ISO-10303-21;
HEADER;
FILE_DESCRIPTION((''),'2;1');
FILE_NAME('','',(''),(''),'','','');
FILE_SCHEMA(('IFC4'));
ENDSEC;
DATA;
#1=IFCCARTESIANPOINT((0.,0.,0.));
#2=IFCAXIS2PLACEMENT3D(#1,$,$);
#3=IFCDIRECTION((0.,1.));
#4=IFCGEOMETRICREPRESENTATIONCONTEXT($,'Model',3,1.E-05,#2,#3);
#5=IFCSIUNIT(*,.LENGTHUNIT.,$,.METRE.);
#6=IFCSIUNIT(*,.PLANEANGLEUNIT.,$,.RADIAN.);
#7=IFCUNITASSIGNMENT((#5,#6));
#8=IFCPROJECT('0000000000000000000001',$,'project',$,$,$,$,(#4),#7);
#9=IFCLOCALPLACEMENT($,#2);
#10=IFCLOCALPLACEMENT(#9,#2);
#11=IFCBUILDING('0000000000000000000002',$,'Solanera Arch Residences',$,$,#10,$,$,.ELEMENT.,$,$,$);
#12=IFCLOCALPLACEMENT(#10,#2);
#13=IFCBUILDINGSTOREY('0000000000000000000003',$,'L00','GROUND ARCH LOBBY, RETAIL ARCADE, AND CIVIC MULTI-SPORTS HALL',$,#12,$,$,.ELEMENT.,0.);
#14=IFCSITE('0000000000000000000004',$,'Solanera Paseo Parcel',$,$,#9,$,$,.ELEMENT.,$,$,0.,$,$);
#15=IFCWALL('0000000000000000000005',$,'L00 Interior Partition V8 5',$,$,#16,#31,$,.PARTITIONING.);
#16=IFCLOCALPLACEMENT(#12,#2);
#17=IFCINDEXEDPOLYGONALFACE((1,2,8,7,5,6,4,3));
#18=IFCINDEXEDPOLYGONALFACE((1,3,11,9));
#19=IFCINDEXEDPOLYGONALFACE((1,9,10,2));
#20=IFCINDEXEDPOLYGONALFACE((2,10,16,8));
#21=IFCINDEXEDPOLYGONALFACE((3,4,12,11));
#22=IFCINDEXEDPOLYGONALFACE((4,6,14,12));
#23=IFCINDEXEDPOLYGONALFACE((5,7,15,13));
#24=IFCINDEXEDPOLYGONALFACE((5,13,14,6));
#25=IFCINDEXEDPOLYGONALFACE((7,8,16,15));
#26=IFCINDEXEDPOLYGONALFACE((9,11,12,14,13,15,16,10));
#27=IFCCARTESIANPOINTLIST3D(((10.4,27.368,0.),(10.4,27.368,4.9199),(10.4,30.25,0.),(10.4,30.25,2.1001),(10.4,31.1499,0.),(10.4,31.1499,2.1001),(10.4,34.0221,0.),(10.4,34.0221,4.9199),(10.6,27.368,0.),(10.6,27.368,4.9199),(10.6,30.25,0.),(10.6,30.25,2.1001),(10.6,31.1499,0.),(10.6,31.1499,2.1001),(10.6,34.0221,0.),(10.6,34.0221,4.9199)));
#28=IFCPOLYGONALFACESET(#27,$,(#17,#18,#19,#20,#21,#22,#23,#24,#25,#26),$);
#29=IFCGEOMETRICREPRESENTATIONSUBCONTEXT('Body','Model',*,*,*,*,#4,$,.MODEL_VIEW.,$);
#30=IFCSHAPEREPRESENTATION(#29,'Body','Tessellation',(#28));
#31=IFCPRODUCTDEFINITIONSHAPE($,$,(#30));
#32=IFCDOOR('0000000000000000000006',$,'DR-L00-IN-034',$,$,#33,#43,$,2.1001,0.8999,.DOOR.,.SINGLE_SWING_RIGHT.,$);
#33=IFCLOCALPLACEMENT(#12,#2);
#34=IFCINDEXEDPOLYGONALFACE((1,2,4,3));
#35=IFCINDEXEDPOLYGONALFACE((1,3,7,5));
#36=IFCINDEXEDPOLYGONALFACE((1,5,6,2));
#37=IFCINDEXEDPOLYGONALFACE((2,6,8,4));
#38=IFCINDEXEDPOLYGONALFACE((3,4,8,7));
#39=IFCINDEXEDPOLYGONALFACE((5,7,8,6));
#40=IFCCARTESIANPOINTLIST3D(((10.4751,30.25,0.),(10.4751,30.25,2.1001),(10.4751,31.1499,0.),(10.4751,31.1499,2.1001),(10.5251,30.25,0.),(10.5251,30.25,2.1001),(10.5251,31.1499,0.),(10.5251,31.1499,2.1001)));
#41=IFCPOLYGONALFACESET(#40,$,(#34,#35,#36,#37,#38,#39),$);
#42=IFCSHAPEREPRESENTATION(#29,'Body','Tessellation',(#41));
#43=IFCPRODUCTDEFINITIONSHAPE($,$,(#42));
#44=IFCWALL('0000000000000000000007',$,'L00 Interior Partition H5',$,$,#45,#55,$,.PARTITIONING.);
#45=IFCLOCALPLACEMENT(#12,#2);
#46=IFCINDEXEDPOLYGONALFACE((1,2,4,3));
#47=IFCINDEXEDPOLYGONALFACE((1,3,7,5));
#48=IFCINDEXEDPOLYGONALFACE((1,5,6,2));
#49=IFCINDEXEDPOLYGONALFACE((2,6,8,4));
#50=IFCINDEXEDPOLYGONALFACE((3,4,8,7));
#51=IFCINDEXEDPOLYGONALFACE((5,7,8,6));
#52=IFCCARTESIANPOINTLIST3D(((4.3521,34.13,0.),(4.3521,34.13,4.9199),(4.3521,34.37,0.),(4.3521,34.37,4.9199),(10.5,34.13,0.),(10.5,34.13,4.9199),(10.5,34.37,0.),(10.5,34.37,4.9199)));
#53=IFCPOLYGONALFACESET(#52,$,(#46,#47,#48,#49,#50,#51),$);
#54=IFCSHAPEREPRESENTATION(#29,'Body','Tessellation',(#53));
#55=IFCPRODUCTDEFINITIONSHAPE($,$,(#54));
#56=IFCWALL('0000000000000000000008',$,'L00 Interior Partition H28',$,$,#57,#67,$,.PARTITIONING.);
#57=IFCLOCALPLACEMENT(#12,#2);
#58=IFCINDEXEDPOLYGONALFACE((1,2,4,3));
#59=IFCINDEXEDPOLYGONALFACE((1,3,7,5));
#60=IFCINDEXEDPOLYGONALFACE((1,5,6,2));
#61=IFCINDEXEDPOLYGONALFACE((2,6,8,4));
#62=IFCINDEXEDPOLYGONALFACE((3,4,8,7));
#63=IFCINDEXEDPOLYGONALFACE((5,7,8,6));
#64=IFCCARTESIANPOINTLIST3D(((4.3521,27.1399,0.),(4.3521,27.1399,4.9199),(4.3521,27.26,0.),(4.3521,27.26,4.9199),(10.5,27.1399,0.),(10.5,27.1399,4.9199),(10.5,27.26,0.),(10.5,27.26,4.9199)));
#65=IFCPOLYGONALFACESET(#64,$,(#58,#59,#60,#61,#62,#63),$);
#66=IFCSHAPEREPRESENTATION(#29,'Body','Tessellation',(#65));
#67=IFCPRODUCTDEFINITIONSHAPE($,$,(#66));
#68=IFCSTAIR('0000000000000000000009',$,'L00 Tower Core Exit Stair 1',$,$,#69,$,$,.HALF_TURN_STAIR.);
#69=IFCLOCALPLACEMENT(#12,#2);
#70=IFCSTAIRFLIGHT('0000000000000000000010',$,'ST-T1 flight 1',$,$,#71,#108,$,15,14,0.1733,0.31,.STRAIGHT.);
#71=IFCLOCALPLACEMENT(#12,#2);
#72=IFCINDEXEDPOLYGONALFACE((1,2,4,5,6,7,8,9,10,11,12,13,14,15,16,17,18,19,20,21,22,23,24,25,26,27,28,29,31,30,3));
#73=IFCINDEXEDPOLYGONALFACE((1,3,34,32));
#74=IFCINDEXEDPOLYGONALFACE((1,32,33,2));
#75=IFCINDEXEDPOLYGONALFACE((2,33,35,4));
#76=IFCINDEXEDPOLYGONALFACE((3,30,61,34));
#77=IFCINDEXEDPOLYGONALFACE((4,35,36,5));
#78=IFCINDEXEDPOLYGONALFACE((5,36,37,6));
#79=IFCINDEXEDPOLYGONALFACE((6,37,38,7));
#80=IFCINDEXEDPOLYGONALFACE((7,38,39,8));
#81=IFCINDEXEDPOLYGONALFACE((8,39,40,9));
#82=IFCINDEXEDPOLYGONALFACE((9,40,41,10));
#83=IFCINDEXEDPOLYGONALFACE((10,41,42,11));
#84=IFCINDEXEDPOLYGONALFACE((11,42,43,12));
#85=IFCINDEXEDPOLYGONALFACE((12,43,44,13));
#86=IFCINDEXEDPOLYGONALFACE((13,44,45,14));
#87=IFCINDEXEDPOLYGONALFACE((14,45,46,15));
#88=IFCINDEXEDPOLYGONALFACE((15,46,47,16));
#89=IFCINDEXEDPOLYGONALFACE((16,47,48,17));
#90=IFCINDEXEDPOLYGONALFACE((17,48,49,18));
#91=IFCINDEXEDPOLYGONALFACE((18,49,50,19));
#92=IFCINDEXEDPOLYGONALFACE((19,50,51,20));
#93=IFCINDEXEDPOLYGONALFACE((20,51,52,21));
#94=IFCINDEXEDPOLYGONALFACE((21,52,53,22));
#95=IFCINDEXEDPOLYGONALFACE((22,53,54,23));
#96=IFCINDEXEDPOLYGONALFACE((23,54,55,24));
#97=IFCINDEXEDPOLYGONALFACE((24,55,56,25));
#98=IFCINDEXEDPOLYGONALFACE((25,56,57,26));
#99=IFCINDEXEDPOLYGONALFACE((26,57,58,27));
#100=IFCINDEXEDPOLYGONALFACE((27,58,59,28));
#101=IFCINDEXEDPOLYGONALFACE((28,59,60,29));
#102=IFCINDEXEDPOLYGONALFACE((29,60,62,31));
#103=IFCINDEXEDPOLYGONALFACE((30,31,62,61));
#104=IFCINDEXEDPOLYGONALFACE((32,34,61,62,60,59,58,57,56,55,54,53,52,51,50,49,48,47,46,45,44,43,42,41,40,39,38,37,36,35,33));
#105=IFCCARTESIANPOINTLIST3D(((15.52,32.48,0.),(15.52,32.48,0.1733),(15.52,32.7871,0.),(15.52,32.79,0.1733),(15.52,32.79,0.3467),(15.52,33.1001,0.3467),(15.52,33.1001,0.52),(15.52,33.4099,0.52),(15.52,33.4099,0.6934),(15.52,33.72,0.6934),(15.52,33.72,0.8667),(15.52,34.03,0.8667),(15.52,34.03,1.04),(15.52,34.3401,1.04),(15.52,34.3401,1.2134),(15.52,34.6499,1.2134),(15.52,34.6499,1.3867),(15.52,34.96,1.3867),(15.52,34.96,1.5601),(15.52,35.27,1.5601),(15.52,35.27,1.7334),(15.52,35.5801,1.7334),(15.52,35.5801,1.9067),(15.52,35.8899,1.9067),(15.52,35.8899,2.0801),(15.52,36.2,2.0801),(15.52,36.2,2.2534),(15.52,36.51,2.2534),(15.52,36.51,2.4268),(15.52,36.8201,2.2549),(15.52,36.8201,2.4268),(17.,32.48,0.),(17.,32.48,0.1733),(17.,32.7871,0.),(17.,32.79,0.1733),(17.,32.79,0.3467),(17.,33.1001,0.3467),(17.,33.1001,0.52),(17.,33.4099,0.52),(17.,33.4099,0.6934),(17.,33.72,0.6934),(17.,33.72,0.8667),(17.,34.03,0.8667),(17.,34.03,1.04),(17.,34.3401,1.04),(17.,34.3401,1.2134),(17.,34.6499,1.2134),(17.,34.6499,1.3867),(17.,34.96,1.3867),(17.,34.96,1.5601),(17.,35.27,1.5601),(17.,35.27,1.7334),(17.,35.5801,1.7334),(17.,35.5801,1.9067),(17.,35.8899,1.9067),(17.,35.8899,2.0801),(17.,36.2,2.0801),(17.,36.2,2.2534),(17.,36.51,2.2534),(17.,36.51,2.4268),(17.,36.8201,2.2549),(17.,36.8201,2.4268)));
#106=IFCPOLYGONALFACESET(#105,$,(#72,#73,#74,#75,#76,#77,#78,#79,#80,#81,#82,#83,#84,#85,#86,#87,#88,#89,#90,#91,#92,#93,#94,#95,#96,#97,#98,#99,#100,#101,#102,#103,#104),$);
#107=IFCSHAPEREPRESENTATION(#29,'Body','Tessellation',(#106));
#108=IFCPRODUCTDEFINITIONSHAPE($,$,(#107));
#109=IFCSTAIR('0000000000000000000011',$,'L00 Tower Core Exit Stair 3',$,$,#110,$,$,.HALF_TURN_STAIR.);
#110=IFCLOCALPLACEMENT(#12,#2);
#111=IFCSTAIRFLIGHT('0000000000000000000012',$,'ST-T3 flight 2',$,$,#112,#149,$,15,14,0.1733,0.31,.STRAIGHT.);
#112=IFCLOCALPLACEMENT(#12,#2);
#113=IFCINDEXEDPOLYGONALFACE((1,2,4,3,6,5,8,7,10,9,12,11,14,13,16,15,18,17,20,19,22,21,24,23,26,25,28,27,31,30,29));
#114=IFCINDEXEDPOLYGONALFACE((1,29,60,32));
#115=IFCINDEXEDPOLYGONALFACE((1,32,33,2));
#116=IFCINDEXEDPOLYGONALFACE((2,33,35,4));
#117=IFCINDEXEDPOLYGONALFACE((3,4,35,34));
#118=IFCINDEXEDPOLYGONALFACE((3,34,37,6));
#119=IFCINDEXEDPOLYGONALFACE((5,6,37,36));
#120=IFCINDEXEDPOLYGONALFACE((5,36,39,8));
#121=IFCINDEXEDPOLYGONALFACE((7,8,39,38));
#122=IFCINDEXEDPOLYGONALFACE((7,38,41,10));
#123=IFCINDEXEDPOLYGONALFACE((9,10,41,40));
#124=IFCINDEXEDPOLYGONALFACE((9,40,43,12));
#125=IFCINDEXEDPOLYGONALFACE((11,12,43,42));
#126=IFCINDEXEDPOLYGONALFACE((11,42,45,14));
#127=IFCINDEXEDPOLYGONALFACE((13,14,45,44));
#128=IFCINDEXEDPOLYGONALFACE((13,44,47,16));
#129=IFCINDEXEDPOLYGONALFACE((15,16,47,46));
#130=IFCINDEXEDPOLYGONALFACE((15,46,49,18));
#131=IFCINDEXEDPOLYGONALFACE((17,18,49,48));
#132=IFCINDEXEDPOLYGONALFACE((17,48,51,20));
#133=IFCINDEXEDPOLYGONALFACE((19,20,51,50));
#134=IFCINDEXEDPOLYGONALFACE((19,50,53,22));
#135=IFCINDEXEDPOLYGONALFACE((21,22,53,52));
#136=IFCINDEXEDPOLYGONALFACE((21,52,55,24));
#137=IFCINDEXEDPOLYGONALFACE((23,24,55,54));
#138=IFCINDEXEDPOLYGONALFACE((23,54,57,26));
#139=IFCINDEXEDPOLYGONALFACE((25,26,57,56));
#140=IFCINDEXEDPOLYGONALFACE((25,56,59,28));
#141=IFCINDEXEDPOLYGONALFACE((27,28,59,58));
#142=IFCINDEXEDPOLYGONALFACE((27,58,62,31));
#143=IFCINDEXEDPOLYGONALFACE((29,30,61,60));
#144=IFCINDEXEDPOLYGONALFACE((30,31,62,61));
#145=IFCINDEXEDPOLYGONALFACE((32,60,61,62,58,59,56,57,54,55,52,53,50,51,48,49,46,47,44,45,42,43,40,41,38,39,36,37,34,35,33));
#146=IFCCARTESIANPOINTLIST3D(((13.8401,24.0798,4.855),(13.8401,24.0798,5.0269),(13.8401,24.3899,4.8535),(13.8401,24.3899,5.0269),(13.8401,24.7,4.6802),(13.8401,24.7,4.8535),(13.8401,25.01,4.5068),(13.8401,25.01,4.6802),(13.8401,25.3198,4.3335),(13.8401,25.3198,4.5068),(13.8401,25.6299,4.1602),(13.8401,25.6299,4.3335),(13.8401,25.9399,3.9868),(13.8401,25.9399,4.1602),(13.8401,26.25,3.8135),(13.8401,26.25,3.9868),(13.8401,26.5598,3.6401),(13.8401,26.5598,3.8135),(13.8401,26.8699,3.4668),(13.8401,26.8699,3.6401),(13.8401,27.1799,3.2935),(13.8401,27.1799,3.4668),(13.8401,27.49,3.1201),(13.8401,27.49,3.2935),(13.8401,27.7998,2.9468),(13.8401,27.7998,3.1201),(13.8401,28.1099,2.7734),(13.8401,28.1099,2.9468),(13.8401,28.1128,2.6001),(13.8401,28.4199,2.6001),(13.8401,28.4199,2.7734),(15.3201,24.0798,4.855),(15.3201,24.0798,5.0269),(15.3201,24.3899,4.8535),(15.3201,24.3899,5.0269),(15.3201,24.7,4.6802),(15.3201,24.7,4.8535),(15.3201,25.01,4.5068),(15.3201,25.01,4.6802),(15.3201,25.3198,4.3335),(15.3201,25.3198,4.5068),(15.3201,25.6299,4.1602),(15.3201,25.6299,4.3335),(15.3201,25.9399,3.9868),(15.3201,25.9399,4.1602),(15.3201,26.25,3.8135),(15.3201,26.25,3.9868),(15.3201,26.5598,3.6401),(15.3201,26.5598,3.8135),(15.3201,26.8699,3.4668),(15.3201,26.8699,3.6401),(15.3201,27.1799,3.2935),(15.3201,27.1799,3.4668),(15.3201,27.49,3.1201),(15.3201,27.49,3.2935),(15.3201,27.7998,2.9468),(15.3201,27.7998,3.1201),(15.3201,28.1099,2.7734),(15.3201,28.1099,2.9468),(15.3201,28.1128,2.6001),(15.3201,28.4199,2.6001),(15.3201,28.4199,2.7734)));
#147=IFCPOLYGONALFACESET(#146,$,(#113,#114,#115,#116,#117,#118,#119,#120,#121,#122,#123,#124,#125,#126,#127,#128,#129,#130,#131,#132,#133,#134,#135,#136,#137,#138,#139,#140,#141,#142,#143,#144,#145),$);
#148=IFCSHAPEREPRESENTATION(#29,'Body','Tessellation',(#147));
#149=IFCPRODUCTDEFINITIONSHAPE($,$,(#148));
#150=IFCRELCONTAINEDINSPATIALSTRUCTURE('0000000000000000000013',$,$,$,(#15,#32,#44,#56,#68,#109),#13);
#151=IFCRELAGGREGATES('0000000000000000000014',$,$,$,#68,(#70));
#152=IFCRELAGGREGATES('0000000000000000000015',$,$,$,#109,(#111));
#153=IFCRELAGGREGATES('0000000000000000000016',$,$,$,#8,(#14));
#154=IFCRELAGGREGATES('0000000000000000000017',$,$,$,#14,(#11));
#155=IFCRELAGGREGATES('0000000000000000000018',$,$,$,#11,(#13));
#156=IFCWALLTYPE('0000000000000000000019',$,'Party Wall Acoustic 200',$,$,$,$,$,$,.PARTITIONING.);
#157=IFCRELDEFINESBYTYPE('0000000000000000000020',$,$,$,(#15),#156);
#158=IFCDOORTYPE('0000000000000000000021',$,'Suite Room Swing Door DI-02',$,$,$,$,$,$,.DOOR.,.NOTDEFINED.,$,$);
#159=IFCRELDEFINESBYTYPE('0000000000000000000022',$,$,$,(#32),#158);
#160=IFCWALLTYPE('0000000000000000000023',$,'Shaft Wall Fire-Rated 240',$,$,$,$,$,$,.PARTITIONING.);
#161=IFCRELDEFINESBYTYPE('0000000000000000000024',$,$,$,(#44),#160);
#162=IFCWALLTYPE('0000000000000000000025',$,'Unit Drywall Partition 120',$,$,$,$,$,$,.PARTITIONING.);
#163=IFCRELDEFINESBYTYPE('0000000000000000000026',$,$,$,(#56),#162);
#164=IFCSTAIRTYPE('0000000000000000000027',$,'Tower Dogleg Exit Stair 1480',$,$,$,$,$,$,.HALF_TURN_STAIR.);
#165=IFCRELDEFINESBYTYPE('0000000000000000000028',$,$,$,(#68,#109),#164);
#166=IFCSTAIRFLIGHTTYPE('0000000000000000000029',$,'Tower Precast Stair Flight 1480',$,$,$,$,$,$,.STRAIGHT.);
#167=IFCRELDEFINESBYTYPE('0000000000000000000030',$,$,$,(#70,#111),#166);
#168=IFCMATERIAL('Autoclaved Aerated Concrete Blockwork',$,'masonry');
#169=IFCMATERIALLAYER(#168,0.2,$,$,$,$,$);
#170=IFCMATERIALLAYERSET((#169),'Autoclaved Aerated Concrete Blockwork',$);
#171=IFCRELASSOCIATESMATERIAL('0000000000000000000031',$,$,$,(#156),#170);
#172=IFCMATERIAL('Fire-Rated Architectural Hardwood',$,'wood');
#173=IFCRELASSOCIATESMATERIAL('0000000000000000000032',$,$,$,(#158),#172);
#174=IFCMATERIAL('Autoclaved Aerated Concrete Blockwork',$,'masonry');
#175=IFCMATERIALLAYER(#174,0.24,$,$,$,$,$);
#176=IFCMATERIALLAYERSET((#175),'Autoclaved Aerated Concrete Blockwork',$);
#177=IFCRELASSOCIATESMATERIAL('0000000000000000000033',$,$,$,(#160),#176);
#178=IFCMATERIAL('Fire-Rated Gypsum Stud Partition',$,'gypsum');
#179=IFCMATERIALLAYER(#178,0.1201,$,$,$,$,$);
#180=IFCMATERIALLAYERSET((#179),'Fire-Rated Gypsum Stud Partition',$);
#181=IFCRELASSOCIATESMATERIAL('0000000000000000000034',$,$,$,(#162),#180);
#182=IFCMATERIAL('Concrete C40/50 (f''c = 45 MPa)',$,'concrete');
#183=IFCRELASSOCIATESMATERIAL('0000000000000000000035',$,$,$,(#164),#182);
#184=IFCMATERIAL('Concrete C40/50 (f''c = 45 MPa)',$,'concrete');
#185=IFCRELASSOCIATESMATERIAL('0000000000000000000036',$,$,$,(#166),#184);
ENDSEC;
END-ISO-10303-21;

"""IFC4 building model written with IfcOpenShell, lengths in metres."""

from ifc_helpers import new_model, si_unit, direction, frame, frame_2d, origin, place, context, subcontext, project, spatial, polyline, rectangle, outline, extrude, material, layer, layer_set, type_object, element, fill, aggregate, save


model = new_model("IFC4")

# Units and contexts
model_context = context("Model", 3, precision=1e-05, world=origin(), true_north=direction((0.0, 1.0)))
body_context = subcontext(model_context, "Body", "Model", "MODEL_VIEW")
ifc_project = project(units=[si_unit("LENGTHUNIT", "METRE"), si_unit("PLANEANGLEUNIT", "RADIAN")], contexts=[model_context])

# Site, building, storey
site_placement = place(None, origin())
site = spatial("IfcSite", under=ifc_project, at=site_placement, Name="Solanera Paseo Parcel", CompositionType="ELEMENT", RefElevation=0.0)
building_placement = place(site_placement, origin())
building = spatial("IfcBuilding", under=site, at=building_placement, Name="Solanera Arch Residences", CompositionType="ELEMENT")
storey_placement = place(building_placement, origin())
storey = spatial("IfcBuildingStorey", under=building, at=storey_placement, Name="L00", Description="GROUND ARCH LOBBY, RETAIL ARCADE, AND CIVIC MULTI-SPORTS HALL", CompositionType="ELEMENT", Elevation=0.0)

# Wall, opening, door
ifc_material_1 = material(Name="Autoclaved Aerated Concrete Blockwork", Category="masonry")
ifc_layer_1 = layer(ifc_material_1, 0.2)
ifc_layer_set_1 = layer_set([ifc_layer_1], Name="Autoclaved Aerated Concrete Blockwork")
wall_type_1 = type_object("IfcWallType", Name="Party Wall Acoustic 200", PredefinedType="PARTITIONING", material=ifc_layer_set_1)
wall_1_placement = place(storey_placement, frame((10.5, 27.3679, 0.0), z_axis=(0.0, 0.0, 1.0), x_axis=(0.0, 1.0, 0.0)))
wall_1 = element("IfcWall", 1, at=wall_1_placement, inside=storey, type_object=wall_type_1, Name="L00 Interior Partition V8 5", PredefinedType="PARTITIONING", context=body_context, shape_type="SweptSolid", body=[
    extrude(rectangle(XDim=6.6541, YDim=0.2, at=frame_2d((3.3271, 0.0))), origin(), (0.0, 0.0, 1.0), 4.9199),
])
opening_1_placement = place(wall_1_placement, frame((2.8821, 0.0, 0.0)))
opening_1 = element("IfcOpeningElement", 2, at=opening_1_placement, cuts=wall_1, PredefinedType="OPENING", context=body_context, shape_type="SweptSolid", body=[
    extrude(rectangle(XDim=0.8999, YDim=2.1001, at=frame_2d((0.45, 1.05))), frame((0.0, 0.1101, 0.0), z_axis=(0.0, -1.0, 0.0), x_axis=(1.0, 0.0, 0.0)), (0.0, 0.0, 1.0), 0.22),
])
ifc_material_2 = material(Name="Fire-Rated Architectural Hardwood", Category="wood")
door_type_1 = type_object("IfcDoorType", Name="Suite Room Swing Door DI-02", OperationType="NOTDEFINED", PredefinedType="DOOR", material=ifc_material_2)
door_1_placement = place(opening_1_placement, origin())
door_1 = element("IfcDoor", 3, at=door_1_placement, inside=storey, type_object=door_type_1, Name="DR-L00-IN-034", OperationType="SINGLE_SWING_RIGHT", OverallHeight=2.1001, OverallWidth=0.8999, PredefinedType="DOOR", context=body_context, shape_type="SweptSolid", body=[
    extrude(rectangle(XDim=0.8999, YDim=2.1001, at=frame_2d((0.45, 1.05))), frame((0.0, 0.0249, 0.0), z_axis=(0.0, -1.0, 0.0), x_axis=(1.0, 0.0, 0.0)), (0.0, 0.0, 1.0), 0.05),
])
fill(opening_1, door_1)

# Walls
ifc_material_3 = material(Name="Autoclaved Aerated Concrete Blockwork", Category="masonry")
ifc_layer_2 = layer(ifc_material_3, 0.24)
ifc_layer_set_2 = layer_set([ifc_layer_2], Name="Autoclaved Aerated Concrete Blockwork")
wall_type_2 = type_object("IfcWallType", Name="Shaft Wall Fire-Rated 240", PredefinedType="PARTITIONING", material=ifc_layer_set_2)
wall_2_placement = place(storey_placement, frame((4.3521, 34.25, 0.0), z_axis=(0.0, 0.0, 1.0), x_axis=(1.0, 0.0, 0.0)))
element("IfcWall", 4, at=wall_2_placement, inside=storey, type_object=wall_type_2, Name="L00 Interior Partition H5", PredefinedType="PARTITIONING", context=body_context, shape_type="SweptSolid", body=[
    extrude(rectangle(XDim=6.1479, YDim=0.24, at=frame_2d((3.074, 0.0))), origin(), (0.0, 0.0, 1.0), 4.9199),
])
ifc_material_4 = material(Name="Fire-Rated Gypsum Stud Partition", Category="gypsum")
ifc_layer_3 = layer(ifc_material_4, 0.1201)
ifc_layer_set_3 = layer_set([ifc_layer_3], Name="Fire-Rated Gypsum Stud Partition")
wall_type_3 = type_object("IfcWallType", Name="Unit Drywall Partition 120", PredefinedType="PARTITIONING", material=ifc_layer_set_3)
wall_3_placement = place(storey_placement, frame((4.3521, 27.2, 0.0), z_axis=(0.0, 0.0, 1.0), x_axis=(1.0, 0.0, 0.0)))
element("IfcWall", 5, at=wall_3_placement, inside=storey, type_object=wall_type_3, Name="L00 Interior Partition H28", PredefinedType="PARTITIONING", context=body_context, shape_type="SweptSolid", body=[
    extrude(rectangle(XDim=6.1479, YDim=0.1201, at=frame_2d((3.074, 0.0))), origin(), (0.0, 0.0, 1.0), 4.9199),
])

# Stairs, stair flights
ifc_material_5 = material(Name="Concrete C40/50 (f'c = 45 MPa)", Category="concrete")
stair_type = type_object("IfcStairType", Name="Tower Dogleg Exit Stair 1480", PredefinedType="HALF_TURN_STAIR", material=ifc_material_5)
stair_1_placement = place(storey_placement, origin())
stair_1 = element("IfcStair", 6, at=stair_1_placement, inside=storey, type_object=stair_type, Name="L00 Tower Core Exit Stair 1", PredefinedType="HALF_TURN_STAIR")
ifc_material_6 = material(Name="Concrete C40/50 (f'c = 45 MPa)", Category="concrete")
stair_flight_type = type_object("IfcStairFlightType", Name="Tower Precast Stair Flight 1480", PredefinedType="STRAIGHT", material=ifc_material_6)
stair_flight_1_placement = place(storey_placement, frame((16.26, 32.48, 0.0), z_axis=(0.0, 0.0, 1.0), x_axis=(0.0, 1.0, 0.0)))
stair_flight_1 = element("IfcStairFlight", 7, at=stair_flight_1_placement, type_object=stair_flight_type, Name="ST-T1 flight 1", NumberOfRisers=15, NumberOfTreads=14, PredefinedType="STRAIGHT", RiserHeight=0.1733, TreadLength=0.31, context=body_context, shape_type="SweptSolid", body=[
    extrude(outline(polyline([(0.0, 0.0), (0.0, 0.1733), (0.3101, 0.1733), (0.3101, 0.3467), (0.6201, 0.3467), (0.6201, 0.52), (0.9299, 0.52), (0.9299, 0.6934), (1.24, 0.6934), (1.24, 0.8667), (1.55, 0.8667), (1.55, 1.04), (1.8601, 1.04), (1.8601, 1.2134), (2.1699, 1.2134), (2.1699, 1.3867), (2.48, 1.3867), (2.48, 1.5601), (2.79, 1.5601), (2.79, 1.7334), (3.1001, 1.7334), (3.1001, 1.9067), (3.4099, 1.9067), (3.4099, 2.0801), (3.72, 2.0801), (3.72, 2.2534), (4.03, 2.2534), (4.03, 2.4268), (4.3401, 2.4268), (4.3401, 2.6001), (4.3401, 2.2549), (0.3071, 0.0), (0.0, 0.0)])), frame((0.0, 0.74, 0.0), z_axis=(0.0, -1.0, 0.0), x_axis=(1.0, 0.0, 0.0)), (0.0, 0.0, 1.0), 1.48),
])
aggregate(stair_1, [stair_flight_1])
stair_2_placement = place(storey_placement, origin())
stair_2 = element("IfcStair", 8, at=stair_2_placement, inside=storey, type_object=stair_type, Name="L00 Tower Core Exit Stair 3", PredefinedType="HALF_TURN_STAIR")
stair_flight_2_placement = place(storey_placement, frame((14.5801, 28.4199, 2.6001), z_axis=(0.0, 0.0, 1.0), x_axis=(0.0, -1.0, 0.0)))
stair_flight_2 = element("IfcStairFlight", 9, at=stair_flight_2_placement, type_object=stair_flight_type, Name="ST-T3 flight 2", NumberOfRisers=15, NumberOfTreads=14, PredefinedType="STRAIGHT", RiserHeight=0.1733, TreadLength=0.31, context=body_context, shape_type="SweptSolid", body=[
    extrude(outline(polyline([(0.0, 0.0), (0.0, 0.1733), (0.3101, 0.1733), (0.3101, 0.3467), (0.6201, 0.3467), (0.6201, 0.52), (0.9299, 0.52), (0.9299, 0.6934), (1.24, 0.6934), (1.24, 0.8667), (1.55, 0.8667), (1.55, 1.04), (1.8601, 1.04), (1.8601, 1.2134), (2.1699, 1.2134), (2.1699, 1.3867), (2.48, 1.3867), (2.48, 1.5601), (2.79, 1.5601), (2.79, 1.7334), (3.1001, 1.7334), (3.1001, 1.9067), (3.4099, 1.9067), (3.4099, 2.0801), (3.72, 2.0801), (3.72, 2.2534), (4.03, 2.2534), (4.03, 2.4268), (4.3401, 2.4268), (4.3401, 2.6001), (4.3401, 2.2549), (0.3071, 0.0), (0.0, 0.0)])), frame((0.0, 0.74, 0.0), z_axis=(0.0, -1.0, 0.0), x_axis=(1.0, 0.0, 0.0)), (0.0, 0.0, 1.0), 1.48),
])
aggregate(stair_2, [stair_flight_2])

save(model, "model.ifc")
